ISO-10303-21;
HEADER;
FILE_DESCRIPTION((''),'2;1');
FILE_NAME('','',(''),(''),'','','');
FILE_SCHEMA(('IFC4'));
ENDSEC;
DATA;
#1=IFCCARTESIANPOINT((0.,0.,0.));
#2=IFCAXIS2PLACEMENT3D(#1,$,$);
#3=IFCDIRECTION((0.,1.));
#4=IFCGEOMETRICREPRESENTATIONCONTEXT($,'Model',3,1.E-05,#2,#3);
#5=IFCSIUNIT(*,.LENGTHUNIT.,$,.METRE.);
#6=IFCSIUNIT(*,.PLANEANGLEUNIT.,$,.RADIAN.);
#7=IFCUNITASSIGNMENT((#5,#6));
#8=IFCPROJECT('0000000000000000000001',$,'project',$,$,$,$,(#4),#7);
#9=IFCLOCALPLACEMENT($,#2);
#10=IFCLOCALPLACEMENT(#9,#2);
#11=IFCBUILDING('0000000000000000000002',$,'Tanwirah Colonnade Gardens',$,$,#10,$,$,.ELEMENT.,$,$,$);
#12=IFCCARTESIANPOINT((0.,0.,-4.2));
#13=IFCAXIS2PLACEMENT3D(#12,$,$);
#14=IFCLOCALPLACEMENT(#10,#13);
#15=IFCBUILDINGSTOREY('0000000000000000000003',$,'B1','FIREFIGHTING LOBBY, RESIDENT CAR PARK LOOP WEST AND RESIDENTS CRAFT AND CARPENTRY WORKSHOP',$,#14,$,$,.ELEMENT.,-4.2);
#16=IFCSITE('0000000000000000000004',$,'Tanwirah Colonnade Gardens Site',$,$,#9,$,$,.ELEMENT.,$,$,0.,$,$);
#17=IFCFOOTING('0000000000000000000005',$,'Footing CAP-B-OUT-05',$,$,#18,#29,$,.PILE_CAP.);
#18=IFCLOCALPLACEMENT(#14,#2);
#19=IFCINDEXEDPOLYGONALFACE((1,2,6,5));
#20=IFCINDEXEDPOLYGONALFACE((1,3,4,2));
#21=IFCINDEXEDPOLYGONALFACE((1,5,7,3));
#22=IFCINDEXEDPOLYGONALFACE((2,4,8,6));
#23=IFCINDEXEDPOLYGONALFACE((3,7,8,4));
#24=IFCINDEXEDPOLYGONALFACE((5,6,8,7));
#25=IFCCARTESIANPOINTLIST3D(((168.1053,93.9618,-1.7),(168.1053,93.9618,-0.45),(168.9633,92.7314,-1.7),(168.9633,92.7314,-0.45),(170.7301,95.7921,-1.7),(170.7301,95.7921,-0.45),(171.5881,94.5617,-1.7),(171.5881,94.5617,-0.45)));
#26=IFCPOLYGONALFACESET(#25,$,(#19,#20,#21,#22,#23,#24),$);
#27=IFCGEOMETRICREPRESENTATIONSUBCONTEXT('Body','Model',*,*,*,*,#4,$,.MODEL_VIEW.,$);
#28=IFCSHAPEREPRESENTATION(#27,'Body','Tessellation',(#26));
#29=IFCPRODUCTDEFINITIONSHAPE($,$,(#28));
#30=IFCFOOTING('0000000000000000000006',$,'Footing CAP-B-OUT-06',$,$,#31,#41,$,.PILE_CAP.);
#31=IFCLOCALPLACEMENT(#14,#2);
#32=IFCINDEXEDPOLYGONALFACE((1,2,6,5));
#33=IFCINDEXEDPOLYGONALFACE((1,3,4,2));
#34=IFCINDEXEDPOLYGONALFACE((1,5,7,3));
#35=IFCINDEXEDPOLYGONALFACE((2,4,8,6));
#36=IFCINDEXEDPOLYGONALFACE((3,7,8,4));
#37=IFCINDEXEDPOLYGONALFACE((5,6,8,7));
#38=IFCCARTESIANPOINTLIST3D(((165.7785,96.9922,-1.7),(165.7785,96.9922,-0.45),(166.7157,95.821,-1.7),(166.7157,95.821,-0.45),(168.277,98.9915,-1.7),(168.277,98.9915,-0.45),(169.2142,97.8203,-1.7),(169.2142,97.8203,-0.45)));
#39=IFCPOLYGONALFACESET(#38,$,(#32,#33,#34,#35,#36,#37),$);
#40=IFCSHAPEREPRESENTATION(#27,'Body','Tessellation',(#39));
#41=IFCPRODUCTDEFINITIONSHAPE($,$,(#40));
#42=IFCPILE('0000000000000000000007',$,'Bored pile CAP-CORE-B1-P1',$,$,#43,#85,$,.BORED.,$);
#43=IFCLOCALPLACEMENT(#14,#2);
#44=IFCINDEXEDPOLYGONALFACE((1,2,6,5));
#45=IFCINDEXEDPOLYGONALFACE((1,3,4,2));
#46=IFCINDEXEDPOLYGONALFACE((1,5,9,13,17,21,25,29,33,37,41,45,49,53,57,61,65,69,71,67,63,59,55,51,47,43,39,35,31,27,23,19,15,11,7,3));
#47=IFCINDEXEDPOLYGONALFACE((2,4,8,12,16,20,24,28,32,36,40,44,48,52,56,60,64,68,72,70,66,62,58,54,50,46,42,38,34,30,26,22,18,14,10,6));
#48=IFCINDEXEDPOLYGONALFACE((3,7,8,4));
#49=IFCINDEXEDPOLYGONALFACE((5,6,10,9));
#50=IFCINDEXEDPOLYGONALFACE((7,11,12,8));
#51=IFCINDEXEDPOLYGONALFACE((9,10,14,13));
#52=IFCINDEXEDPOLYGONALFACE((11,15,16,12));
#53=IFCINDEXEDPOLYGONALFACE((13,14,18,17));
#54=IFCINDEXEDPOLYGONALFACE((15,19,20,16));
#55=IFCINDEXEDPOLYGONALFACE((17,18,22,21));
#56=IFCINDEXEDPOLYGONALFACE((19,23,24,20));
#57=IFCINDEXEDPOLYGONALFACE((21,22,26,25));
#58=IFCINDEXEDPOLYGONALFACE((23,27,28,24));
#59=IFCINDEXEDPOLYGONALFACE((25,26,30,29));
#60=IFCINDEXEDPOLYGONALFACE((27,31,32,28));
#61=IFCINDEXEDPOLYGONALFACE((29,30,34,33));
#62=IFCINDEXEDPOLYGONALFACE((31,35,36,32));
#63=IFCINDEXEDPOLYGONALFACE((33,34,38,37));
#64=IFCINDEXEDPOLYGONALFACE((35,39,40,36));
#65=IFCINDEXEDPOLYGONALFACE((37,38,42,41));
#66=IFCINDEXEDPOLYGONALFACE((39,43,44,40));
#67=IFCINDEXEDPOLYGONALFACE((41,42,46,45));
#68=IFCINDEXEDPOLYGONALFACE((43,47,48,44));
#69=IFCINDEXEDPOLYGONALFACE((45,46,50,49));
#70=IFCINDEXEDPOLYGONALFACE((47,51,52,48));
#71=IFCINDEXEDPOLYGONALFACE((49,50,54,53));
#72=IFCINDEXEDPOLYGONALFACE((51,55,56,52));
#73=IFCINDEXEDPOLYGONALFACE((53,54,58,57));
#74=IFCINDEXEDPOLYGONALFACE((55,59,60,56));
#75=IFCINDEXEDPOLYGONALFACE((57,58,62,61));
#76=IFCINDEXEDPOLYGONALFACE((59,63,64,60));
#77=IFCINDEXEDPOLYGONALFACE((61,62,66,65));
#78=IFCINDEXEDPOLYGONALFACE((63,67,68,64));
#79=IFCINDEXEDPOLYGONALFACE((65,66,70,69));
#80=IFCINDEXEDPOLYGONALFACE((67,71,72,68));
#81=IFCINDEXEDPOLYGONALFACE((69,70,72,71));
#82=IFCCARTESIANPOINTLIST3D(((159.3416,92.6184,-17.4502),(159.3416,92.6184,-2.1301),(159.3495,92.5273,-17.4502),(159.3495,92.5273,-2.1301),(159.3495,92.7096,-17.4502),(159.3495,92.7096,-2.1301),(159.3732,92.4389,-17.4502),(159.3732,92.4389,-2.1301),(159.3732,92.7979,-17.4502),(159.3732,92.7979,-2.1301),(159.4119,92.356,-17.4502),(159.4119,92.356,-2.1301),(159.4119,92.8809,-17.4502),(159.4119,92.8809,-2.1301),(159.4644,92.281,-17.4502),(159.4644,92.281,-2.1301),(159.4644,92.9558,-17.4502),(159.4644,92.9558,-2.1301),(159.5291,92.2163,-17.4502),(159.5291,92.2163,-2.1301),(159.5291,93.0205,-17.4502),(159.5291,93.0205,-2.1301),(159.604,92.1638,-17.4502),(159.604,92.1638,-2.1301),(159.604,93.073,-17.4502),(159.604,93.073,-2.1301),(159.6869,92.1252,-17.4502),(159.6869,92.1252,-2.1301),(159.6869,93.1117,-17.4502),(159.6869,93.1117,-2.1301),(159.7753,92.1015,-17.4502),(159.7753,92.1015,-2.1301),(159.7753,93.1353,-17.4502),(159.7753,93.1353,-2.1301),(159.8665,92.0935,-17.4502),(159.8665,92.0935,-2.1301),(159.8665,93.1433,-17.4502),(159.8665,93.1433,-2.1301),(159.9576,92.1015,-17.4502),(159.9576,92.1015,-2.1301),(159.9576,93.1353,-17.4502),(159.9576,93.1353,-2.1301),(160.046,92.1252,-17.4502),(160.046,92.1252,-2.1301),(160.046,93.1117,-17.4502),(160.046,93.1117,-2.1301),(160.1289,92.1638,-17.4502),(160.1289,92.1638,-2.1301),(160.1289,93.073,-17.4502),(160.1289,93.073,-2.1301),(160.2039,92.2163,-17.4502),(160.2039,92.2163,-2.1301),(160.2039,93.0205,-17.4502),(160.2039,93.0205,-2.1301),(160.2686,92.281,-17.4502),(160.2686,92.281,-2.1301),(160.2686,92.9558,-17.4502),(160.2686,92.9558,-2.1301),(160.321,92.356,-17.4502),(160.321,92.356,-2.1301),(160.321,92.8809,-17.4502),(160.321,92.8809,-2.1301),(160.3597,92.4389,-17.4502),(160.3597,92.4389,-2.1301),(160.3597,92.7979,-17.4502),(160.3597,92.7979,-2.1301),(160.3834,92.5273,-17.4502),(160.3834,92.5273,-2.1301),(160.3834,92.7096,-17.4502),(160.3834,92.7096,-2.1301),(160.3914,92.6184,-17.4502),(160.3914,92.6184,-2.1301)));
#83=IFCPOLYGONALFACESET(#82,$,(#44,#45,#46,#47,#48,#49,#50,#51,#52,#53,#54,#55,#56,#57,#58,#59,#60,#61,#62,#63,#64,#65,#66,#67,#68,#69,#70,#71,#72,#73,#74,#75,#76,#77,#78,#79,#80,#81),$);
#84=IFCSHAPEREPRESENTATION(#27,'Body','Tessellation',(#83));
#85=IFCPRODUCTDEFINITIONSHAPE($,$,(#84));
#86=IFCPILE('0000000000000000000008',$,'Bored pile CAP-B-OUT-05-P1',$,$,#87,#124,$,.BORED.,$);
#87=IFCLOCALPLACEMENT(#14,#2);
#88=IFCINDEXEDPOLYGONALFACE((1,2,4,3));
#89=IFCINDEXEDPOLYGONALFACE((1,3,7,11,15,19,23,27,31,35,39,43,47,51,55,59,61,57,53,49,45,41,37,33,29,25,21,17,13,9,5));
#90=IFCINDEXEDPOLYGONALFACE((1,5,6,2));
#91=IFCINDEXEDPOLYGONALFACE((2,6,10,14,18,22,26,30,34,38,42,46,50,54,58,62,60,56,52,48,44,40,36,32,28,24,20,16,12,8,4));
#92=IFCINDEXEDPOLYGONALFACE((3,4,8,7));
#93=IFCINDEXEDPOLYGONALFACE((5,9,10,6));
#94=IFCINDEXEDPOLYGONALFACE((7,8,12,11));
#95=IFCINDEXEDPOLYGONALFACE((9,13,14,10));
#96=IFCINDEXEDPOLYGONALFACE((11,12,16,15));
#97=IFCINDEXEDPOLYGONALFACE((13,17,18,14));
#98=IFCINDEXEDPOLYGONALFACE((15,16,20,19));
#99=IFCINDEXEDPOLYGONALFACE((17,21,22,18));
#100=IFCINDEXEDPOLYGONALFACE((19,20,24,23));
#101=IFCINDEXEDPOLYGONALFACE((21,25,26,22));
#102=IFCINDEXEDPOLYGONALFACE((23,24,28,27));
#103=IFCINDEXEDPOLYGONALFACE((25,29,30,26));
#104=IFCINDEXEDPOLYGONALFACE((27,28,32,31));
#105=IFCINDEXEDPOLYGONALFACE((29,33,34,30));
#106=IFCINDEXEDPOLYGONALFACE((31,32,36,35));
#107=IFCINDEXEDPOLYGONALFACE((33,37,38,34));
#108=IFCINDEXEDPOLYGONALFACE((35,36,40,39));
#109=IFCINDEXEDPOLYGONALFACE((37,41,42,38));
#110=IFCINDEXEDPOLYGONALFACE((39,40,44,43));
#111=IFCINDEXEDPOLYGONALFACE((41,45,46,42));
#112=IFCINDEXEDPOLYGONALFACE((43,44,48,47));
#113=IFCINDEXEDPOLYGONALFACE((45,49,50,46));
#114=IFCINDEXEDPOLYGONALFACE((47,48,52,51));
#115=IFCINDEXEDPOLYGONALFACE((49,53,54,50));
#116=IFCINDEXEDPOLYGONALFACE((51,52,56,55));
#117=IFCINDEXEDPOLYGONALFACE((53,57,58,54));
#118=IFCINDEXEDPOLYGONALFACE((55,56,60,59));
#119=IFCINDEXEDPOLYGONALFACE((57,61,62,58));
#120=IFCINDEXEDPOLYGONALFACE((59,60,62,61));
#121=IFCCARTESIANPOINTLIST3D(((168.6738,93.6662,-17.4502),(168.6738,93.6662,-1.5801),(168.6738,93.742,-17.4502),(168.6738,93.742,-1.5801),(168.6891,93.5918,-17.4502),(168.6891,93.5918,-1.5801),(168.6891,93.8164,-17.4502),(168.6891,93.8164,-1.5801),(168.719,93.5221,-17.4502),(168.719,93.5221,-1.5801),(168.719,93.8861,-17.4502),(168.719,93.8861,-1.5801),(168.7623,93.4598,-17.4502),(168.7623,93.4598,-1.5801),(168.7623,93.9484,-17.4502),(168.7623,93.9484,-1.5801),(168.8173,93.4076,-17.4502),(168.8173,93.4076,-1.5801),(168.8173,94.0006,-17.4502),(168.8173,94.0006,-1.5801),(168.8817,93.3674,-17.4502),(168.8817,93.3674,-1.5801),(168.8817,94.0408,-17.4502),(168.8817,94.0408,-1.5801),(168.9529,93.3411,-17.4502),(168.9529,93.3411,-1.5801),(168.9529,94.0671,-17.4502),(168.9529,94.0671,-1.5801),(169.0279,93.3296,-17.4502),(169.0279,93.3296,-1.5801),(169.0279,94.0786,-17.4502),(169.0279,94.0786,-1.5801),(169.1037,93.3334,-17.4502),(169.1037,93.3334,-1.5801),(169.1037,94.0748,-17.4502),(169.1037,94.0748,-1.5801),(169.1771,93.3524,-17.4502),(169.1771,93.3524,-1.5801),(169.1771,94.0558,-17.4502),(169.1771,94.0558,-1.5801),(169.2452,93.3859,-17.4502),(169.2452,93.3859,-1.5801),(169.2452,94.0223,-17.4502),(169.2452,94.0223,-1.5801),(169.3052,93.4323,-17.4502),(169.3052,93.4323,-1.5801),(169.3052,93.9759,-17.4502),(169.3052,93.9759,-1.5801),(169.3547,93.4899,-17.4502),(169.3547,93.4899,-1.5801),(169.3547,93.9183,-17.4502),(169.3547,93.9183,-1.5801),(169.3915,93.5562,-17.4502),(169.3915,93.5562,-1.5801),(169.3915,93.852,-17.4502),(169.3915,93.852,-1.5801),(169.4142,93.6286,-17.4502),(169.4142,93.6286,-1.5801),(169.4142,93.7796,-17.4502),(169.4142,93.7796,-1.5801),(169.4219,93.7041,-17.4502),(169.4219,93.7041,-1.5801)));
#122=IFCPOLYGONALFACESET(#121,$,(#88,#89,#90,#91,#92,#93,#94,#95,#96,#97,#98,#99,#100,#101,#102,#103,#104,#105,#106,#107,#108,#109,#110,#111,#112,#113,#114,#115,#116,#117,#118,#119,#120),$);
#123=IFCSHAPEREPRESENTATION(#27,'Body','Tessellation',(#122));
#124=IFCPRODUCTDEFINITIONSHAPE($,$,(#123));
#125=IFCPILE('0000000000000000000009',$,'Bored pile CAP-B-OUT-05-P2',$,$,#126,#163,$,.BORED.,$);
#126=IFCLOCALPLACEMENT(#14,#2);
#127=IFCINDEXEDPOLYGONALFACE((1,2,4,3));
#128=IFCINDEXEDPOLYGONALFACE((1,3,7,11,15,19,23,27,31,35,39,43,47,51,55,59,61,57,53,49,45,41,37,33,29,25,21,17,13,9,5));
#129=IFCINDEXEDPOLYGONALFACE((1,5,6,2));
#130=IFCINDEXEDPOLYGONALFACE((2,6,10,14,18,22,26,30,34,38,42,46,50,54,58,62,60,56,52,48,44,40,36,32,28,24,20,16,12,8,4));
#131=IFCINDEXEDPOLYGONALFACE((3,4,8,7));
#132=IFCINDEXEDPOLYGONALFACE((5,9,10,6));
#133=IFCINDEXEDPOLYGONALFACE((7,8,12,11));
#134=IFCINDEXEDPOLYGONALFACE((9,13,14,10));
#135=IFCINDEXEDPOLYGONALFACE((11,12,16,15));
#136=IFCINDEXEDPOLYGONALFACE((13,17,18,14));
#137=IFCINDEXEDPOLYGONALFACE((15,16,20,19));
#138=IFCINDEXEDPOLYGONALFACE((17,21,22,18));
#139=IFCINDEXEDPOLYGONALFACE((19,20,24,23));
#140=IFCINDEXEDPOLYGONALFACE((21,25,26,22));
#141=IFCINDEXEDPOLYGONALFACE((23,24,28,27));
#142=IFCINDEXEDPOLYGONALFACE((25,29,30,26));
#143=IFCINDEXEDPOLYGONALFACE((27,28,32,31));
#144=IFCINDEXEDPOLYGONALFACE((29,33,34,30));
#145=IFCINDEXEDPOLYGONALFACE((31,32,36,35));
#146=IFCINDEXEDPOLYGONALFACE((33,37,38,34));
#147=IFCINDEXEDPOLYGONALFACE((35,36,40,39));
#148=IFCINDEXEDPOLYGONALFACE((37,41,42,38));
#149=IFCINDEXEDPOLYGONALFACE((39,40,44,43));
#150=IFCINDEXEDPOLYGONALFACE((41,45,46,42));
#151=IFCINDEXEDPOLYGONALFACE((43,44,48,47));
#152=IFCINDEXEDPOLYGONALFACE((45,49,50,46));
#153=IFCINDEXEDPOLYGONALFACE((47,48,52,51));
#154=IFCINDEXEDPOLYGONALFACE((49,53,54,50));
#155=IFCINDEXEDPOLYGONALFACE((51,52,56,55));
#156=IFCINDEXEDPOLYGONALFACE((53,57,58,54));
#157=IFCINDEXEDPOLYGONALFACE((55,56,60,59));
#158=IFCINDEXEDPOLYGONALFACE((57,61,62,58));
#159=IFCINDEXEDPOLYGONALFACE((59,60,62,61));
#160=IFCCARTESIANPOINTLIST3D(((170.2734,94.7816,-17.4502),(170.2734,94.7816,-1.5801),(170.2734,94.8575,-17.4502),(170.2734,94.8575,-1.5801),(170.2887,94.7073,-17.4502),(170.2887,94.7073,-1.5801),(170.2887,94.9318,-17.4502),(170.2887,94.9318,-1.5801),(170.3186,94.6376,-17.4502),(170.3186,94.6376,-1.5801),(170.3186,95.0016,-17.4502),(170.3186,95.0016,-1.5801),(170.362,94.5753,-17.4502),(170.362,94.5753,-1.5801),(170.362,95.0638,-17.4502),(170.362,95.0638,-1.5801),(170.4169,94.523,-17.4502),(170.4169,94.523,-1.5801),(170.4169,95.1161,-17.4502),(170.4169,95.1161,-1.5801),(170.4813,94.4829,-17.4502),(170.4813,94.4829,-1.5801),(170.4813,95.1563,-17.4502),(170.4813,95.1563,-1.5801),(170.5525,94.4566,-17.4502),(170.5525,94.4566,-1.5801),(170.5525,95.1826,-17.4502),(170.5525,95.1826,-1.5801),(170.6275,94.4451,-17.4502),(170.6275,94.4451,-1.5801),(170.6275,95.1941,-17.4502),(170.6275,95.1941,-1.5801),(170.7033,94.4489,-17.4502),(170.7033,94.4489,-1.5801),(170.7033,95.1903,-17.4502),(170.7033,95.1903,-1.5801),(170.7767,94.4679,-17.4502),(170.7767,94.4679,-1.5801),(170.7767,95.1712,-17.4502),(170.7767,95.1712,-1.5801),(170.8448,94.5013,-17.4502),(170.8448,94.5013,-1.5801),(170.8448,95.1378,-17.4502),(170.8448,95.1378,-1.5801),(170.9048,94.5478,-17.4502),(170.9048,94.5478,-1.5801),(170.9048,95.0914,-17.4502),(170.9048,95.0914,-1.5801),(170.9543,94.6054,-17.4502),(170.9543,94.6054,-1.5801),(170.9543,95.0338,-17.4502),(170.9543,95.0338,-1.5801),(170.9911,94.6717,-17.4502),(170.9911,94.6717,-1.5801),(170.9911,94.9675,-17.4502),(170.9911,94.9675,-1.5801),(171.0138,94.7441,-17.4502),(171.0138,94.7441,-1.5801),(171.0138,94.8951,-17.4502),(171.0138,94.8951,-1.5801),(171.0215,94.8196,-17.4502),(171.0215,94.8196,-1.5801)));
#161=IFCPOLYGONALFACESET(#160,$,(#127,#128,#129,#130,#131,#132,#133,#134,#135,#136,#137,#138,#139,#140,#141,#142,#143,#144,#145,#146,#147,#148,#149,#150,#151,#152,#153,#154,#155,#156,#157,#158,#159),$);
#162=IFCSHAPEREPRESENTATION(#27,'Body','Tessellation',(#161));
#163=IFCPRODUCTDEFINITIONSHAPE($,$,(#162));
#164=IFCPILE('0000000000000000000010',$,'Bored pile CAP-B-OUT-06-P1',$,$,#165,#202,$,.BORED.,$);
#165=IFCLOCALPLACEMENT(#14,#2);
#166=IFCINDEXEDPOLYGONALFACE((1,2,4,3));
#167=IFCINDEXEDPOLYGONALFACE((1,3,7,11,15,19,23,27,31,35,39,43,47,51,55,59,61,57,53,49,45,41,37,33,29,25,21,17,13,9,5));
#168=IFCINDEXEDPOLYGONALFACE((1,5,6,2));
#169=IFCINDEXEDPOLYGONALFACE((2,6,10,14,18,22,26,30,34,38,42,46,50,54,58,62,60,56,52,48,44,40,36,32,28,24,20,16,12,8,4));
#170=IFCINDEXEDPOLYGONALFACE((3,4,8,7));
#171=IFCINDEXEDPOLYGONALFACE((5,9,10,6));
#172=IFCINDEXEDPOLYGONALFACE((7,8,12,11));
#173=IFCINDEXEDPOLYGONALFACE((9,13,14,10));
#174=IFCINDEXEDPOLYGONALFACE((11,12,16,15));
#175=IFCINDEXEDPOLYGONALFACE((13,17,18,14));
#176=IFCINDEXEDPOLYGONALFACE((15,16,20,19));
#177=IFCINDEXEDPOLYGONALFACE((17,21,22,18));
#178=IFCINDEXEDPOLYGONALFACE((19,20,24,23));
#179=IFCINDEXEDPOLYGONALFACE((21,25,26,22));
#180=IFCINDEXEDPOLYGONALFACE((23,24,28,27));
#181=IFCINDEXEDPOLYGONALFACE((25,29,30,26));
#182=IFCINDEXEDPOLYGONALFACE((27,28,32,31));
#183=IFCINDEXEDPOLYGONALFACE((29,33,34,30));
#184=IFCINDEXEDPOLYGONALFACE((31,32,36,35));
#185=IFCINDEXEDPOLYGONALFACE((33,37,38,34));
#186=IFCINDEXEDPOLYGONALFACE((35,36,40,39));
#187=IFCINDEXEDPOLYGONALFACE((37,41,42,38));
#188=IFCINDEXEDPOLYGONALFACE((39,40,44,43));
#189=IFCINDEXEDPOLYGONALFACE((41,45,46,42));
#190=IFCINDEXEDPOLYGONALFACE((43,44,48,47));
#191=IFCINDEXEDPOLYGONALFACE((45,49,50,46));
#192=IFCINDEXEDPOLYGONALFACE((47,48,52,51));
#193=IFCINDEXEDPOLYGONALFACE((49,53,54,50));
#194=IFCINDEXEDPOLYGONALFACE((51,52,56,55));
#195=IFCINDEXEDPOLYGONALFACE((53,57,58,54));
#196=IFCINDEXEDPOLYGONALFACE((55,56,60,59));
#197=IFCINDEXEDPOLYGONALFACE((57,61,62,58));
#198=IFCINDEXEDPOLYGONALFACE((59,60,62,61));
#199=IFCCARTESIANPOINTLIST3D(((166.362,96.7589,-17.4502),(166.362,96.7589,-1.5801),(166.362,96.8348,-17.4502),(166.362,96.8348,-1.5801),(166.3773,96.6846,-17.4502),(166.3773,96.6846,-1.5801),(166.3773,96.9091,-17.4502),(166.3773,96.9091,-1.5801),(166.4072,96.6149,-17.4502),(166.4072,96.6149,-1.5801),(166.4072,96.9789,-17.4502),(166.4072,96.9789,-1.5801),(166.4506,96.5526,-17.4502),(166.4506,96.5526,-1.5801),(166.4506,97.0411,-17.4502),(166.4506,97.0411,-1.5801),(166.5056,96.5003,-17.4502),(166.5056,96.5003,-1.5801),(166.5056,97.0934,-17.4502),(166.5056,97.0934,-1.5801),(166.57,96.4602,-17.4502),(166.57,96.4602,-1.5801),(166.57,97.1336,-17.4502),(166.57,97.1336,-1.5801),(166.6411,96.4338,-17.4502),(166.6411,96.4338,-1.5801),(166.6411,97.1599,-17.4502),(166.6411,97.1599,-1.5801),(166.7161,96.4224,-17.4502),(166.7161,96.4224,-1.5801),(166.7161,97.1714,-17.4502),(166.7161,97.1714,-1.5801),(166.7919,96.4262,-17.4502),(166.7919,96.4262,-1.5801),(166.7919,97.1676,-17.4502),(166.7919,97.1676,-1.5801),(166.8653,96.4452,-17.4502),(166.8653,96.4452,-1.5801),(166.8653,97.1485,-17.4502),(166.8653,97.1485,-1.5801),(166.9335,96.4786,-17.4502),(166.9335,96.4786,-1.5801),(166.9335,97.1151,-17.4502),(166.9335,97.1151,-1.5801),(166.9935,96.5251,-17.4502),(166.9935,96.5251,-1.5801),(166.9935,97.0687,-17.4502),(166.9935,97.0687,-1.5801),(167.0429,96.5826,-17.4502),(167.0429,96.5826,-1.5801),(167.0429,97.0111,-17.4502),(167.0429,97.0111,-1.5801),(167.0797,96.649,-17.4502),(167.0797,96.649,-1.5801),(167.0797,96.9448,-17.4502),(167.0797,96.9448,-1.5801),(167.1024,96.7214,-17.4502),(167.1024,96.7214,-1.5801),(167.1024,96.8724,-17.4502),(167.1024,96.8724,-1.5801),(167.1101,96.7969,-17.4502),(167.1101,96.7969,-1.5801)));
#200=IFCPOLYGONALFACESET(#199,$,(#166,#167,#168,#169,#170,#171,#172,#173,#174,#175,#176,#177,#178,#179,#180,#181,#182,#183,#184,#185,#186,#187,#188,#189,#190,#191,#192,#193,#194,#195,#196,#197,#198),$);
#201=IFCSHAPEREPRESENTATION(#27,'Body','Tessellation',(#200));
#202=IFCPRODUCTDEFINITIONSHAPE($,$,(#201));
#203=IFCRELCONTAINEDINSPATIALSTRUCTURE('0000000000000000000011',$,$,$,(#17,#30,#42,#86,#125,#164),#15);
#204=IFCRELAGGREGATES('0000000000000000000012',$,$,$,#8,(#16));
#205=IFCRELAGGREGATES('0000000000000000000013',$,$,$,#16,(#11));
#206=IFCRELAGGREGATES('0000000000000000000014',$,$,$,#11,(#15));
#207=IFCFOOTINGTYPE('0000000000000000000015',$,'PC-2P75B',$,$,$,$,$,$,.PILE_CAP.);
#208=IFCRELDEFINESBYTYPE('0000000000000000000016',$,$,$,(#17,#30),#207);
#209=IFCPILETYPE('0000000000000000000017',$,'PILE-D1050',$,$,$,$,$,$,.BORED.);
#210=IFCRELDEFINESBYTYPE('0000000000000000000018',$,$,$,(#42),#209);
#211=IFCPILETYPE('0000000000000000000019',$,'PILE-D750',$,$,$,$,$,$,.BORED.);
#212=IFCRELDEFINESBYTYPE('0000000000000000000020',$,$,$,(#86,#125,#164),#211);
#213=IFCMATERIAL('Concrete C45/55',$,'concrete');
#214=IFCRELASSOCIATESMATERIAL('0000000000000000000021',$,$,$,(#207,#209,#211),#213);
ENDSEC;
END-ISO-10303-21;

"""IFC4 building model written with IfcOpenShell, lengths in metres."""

from ifc_helpers import new_model, si_unit, direction, frame, origin, origin_2d, place, context, subcontext, project, spatial, rectangle, circle, extrude, material, material_profile, profile_set, type_object, element, save


model = new_model("IFC4")

# Units and contexts
model_context = context("Model", 3, precision=1e-05, world=origin(), true_north=direction((0.0, 1.0)))
body_context = subcontext(model_context, "Body", "Model", "MODEL_VIEW")
ifc_project = project(units=[si_unit("LENGTHUNIT", "METRE"), si_unit("PLANEANGLEUNIT", "RADIAN")], contexts=[model_context])

# Site, building, storey
site_placement = place(None, origin())
site = spatial("IfcSite", under=ifc_project, at=site_placement, Name="Tanwirah Colonnade Gardens Site", CompositionType="ELEMENT", RefElevation=0.0)
building_placement = place(site_placement, origin())
building = spatial("IfcBuilding", under=site, at=building_placement, Name="Tanwirah Colonnade Gardens", CompositionType="ELEMENT")
storey_placement = place(building_placement, frame((0.0, 0.0, -4.2)))
storey = spatial("IfcBuildingStorey", under=building, at=storey_placement, Name="B1", Description="FIREFIGHTING LOBBY, RESIDENT CAR PARK LOOP WEST AND RESIDENTS CRAFT AND CARPENTRY WORKSHOP", CompositionType="ELEMENT", Elevation=-4.2)

# Footings
ifc_material_1 = material(Name="Concrete C45/55", Category="concrete")
footing_type = type_object("IfcFootingType", Name="PC-2P75B", PredefinedType="PILE_CAP", material=ifc_material_1)
for number, where, z_axis, x_axis, name in (
    (1, (169.8467, 94.2617, -1.7), (0.0, 0.0, 1.0), (0.820263, 0.571987, 0.0), "Footing CAP-B-OUT-05"),
    (2, (167.4963, 97.4062, -1.7), (0.0, 0.0, 1.0), (0.780794, 0.624789, 0.0), "Footing CAP-B-OUT-06"),
):
    element("IfcFooting", number, at=place(storey_placement, frame(where, z_axis=z_axis, x_axis=x_axis)), inside=storey, type_object=footing_type, Name=name, PredefinedType="PILE_CAP", context=body_context, shape_type="SweptSolid", body=[
        extrude(rectangle(XDim=3.2, YDim=1.5, at=origin_2d()), origin(), (0.0, 0.0, 1.0), 1.25),
    ])

# Piles
ifc_material_profile_1 = material_profile(ifc_material_1, circle(Radius=0.5249, at=origin_2d()), Name="PILE D1050")
ifc_profile_set_1 = profile_set([ifc_material_profile_1], Name="Concrete C45/55")
pile_type_1 = type_object("IfcPileType", Name="PILE-D1050", PredefinedType="BORED", material=ifc_profile_set_1)
pile_1_placement = place(storey_placement, frame((159.8665, 92.6184, -2.1301), z_axis=(0.0, 0.0, -1.0), x_axis=(1.0, 0.0, 0.0)))
element("IfcPile", 3, at=pile_1_placement, inside=storey, type_object=pile_type_1, Name="Bored pile CAP-CORE-B1-P1", PredefinedType="BORED", context=body_context, shape_type="SweptSolid", body=[
    extrude(circle(Radius=0.5249, at=origin_2d()), origin(), (0.0, 0.0, 1.0), 15.3201),
])
ifc_material_profile_2 = material_profile(ifc_material_1, circle(Radius=0.375, at=origin_2d()), Name="PILE D750")
ifc_profile_set_2 = profile_set([ifc_material_profile_2], Name="Concrete C45/55")
pile_type_2 = type_object("IfcPileType", Name="PILE-D750", PredefinedType="BORED", material=ifc_profile_set_2)
for number, where, z_axis, x_axis, name in (
    (4, (169.0469, 93.7041, -1.5801), (0.0, 0.0, -1.0), (1.0, 0.0, 0.0), "Bored pile CAP-B-OUT-05-P1"),
    (5, (170.6465, 94.8196, -1.5801), (0.0, 0.0, -1.0), (1.0, 0.0, 0.0), "Bored pile CAP-B-OUT-05-P2"),
    (6, (166.7351, 96.7969, -1.5801), (0.0, 0.0, -1.0), (1.0, 0.0, 0.0), "Bored pile CAP-B-OUT-06-P1"),
):
    element("IfcPile", number, at=place(storey_placement, frame(where, z_axis=z_axis, x_axis=x_axis)), inside=storey, type_object=pile_type_2, Name=name, PredefinedType="BORED", context=body_context, shape_type="SweptSolid", body=[
        extrude(circle(Radius=0.375, at=origin_2d()), origin(), (0.0, 0.0, 1.0), 15.8701),
    ])

save(model, "model.ifc")
